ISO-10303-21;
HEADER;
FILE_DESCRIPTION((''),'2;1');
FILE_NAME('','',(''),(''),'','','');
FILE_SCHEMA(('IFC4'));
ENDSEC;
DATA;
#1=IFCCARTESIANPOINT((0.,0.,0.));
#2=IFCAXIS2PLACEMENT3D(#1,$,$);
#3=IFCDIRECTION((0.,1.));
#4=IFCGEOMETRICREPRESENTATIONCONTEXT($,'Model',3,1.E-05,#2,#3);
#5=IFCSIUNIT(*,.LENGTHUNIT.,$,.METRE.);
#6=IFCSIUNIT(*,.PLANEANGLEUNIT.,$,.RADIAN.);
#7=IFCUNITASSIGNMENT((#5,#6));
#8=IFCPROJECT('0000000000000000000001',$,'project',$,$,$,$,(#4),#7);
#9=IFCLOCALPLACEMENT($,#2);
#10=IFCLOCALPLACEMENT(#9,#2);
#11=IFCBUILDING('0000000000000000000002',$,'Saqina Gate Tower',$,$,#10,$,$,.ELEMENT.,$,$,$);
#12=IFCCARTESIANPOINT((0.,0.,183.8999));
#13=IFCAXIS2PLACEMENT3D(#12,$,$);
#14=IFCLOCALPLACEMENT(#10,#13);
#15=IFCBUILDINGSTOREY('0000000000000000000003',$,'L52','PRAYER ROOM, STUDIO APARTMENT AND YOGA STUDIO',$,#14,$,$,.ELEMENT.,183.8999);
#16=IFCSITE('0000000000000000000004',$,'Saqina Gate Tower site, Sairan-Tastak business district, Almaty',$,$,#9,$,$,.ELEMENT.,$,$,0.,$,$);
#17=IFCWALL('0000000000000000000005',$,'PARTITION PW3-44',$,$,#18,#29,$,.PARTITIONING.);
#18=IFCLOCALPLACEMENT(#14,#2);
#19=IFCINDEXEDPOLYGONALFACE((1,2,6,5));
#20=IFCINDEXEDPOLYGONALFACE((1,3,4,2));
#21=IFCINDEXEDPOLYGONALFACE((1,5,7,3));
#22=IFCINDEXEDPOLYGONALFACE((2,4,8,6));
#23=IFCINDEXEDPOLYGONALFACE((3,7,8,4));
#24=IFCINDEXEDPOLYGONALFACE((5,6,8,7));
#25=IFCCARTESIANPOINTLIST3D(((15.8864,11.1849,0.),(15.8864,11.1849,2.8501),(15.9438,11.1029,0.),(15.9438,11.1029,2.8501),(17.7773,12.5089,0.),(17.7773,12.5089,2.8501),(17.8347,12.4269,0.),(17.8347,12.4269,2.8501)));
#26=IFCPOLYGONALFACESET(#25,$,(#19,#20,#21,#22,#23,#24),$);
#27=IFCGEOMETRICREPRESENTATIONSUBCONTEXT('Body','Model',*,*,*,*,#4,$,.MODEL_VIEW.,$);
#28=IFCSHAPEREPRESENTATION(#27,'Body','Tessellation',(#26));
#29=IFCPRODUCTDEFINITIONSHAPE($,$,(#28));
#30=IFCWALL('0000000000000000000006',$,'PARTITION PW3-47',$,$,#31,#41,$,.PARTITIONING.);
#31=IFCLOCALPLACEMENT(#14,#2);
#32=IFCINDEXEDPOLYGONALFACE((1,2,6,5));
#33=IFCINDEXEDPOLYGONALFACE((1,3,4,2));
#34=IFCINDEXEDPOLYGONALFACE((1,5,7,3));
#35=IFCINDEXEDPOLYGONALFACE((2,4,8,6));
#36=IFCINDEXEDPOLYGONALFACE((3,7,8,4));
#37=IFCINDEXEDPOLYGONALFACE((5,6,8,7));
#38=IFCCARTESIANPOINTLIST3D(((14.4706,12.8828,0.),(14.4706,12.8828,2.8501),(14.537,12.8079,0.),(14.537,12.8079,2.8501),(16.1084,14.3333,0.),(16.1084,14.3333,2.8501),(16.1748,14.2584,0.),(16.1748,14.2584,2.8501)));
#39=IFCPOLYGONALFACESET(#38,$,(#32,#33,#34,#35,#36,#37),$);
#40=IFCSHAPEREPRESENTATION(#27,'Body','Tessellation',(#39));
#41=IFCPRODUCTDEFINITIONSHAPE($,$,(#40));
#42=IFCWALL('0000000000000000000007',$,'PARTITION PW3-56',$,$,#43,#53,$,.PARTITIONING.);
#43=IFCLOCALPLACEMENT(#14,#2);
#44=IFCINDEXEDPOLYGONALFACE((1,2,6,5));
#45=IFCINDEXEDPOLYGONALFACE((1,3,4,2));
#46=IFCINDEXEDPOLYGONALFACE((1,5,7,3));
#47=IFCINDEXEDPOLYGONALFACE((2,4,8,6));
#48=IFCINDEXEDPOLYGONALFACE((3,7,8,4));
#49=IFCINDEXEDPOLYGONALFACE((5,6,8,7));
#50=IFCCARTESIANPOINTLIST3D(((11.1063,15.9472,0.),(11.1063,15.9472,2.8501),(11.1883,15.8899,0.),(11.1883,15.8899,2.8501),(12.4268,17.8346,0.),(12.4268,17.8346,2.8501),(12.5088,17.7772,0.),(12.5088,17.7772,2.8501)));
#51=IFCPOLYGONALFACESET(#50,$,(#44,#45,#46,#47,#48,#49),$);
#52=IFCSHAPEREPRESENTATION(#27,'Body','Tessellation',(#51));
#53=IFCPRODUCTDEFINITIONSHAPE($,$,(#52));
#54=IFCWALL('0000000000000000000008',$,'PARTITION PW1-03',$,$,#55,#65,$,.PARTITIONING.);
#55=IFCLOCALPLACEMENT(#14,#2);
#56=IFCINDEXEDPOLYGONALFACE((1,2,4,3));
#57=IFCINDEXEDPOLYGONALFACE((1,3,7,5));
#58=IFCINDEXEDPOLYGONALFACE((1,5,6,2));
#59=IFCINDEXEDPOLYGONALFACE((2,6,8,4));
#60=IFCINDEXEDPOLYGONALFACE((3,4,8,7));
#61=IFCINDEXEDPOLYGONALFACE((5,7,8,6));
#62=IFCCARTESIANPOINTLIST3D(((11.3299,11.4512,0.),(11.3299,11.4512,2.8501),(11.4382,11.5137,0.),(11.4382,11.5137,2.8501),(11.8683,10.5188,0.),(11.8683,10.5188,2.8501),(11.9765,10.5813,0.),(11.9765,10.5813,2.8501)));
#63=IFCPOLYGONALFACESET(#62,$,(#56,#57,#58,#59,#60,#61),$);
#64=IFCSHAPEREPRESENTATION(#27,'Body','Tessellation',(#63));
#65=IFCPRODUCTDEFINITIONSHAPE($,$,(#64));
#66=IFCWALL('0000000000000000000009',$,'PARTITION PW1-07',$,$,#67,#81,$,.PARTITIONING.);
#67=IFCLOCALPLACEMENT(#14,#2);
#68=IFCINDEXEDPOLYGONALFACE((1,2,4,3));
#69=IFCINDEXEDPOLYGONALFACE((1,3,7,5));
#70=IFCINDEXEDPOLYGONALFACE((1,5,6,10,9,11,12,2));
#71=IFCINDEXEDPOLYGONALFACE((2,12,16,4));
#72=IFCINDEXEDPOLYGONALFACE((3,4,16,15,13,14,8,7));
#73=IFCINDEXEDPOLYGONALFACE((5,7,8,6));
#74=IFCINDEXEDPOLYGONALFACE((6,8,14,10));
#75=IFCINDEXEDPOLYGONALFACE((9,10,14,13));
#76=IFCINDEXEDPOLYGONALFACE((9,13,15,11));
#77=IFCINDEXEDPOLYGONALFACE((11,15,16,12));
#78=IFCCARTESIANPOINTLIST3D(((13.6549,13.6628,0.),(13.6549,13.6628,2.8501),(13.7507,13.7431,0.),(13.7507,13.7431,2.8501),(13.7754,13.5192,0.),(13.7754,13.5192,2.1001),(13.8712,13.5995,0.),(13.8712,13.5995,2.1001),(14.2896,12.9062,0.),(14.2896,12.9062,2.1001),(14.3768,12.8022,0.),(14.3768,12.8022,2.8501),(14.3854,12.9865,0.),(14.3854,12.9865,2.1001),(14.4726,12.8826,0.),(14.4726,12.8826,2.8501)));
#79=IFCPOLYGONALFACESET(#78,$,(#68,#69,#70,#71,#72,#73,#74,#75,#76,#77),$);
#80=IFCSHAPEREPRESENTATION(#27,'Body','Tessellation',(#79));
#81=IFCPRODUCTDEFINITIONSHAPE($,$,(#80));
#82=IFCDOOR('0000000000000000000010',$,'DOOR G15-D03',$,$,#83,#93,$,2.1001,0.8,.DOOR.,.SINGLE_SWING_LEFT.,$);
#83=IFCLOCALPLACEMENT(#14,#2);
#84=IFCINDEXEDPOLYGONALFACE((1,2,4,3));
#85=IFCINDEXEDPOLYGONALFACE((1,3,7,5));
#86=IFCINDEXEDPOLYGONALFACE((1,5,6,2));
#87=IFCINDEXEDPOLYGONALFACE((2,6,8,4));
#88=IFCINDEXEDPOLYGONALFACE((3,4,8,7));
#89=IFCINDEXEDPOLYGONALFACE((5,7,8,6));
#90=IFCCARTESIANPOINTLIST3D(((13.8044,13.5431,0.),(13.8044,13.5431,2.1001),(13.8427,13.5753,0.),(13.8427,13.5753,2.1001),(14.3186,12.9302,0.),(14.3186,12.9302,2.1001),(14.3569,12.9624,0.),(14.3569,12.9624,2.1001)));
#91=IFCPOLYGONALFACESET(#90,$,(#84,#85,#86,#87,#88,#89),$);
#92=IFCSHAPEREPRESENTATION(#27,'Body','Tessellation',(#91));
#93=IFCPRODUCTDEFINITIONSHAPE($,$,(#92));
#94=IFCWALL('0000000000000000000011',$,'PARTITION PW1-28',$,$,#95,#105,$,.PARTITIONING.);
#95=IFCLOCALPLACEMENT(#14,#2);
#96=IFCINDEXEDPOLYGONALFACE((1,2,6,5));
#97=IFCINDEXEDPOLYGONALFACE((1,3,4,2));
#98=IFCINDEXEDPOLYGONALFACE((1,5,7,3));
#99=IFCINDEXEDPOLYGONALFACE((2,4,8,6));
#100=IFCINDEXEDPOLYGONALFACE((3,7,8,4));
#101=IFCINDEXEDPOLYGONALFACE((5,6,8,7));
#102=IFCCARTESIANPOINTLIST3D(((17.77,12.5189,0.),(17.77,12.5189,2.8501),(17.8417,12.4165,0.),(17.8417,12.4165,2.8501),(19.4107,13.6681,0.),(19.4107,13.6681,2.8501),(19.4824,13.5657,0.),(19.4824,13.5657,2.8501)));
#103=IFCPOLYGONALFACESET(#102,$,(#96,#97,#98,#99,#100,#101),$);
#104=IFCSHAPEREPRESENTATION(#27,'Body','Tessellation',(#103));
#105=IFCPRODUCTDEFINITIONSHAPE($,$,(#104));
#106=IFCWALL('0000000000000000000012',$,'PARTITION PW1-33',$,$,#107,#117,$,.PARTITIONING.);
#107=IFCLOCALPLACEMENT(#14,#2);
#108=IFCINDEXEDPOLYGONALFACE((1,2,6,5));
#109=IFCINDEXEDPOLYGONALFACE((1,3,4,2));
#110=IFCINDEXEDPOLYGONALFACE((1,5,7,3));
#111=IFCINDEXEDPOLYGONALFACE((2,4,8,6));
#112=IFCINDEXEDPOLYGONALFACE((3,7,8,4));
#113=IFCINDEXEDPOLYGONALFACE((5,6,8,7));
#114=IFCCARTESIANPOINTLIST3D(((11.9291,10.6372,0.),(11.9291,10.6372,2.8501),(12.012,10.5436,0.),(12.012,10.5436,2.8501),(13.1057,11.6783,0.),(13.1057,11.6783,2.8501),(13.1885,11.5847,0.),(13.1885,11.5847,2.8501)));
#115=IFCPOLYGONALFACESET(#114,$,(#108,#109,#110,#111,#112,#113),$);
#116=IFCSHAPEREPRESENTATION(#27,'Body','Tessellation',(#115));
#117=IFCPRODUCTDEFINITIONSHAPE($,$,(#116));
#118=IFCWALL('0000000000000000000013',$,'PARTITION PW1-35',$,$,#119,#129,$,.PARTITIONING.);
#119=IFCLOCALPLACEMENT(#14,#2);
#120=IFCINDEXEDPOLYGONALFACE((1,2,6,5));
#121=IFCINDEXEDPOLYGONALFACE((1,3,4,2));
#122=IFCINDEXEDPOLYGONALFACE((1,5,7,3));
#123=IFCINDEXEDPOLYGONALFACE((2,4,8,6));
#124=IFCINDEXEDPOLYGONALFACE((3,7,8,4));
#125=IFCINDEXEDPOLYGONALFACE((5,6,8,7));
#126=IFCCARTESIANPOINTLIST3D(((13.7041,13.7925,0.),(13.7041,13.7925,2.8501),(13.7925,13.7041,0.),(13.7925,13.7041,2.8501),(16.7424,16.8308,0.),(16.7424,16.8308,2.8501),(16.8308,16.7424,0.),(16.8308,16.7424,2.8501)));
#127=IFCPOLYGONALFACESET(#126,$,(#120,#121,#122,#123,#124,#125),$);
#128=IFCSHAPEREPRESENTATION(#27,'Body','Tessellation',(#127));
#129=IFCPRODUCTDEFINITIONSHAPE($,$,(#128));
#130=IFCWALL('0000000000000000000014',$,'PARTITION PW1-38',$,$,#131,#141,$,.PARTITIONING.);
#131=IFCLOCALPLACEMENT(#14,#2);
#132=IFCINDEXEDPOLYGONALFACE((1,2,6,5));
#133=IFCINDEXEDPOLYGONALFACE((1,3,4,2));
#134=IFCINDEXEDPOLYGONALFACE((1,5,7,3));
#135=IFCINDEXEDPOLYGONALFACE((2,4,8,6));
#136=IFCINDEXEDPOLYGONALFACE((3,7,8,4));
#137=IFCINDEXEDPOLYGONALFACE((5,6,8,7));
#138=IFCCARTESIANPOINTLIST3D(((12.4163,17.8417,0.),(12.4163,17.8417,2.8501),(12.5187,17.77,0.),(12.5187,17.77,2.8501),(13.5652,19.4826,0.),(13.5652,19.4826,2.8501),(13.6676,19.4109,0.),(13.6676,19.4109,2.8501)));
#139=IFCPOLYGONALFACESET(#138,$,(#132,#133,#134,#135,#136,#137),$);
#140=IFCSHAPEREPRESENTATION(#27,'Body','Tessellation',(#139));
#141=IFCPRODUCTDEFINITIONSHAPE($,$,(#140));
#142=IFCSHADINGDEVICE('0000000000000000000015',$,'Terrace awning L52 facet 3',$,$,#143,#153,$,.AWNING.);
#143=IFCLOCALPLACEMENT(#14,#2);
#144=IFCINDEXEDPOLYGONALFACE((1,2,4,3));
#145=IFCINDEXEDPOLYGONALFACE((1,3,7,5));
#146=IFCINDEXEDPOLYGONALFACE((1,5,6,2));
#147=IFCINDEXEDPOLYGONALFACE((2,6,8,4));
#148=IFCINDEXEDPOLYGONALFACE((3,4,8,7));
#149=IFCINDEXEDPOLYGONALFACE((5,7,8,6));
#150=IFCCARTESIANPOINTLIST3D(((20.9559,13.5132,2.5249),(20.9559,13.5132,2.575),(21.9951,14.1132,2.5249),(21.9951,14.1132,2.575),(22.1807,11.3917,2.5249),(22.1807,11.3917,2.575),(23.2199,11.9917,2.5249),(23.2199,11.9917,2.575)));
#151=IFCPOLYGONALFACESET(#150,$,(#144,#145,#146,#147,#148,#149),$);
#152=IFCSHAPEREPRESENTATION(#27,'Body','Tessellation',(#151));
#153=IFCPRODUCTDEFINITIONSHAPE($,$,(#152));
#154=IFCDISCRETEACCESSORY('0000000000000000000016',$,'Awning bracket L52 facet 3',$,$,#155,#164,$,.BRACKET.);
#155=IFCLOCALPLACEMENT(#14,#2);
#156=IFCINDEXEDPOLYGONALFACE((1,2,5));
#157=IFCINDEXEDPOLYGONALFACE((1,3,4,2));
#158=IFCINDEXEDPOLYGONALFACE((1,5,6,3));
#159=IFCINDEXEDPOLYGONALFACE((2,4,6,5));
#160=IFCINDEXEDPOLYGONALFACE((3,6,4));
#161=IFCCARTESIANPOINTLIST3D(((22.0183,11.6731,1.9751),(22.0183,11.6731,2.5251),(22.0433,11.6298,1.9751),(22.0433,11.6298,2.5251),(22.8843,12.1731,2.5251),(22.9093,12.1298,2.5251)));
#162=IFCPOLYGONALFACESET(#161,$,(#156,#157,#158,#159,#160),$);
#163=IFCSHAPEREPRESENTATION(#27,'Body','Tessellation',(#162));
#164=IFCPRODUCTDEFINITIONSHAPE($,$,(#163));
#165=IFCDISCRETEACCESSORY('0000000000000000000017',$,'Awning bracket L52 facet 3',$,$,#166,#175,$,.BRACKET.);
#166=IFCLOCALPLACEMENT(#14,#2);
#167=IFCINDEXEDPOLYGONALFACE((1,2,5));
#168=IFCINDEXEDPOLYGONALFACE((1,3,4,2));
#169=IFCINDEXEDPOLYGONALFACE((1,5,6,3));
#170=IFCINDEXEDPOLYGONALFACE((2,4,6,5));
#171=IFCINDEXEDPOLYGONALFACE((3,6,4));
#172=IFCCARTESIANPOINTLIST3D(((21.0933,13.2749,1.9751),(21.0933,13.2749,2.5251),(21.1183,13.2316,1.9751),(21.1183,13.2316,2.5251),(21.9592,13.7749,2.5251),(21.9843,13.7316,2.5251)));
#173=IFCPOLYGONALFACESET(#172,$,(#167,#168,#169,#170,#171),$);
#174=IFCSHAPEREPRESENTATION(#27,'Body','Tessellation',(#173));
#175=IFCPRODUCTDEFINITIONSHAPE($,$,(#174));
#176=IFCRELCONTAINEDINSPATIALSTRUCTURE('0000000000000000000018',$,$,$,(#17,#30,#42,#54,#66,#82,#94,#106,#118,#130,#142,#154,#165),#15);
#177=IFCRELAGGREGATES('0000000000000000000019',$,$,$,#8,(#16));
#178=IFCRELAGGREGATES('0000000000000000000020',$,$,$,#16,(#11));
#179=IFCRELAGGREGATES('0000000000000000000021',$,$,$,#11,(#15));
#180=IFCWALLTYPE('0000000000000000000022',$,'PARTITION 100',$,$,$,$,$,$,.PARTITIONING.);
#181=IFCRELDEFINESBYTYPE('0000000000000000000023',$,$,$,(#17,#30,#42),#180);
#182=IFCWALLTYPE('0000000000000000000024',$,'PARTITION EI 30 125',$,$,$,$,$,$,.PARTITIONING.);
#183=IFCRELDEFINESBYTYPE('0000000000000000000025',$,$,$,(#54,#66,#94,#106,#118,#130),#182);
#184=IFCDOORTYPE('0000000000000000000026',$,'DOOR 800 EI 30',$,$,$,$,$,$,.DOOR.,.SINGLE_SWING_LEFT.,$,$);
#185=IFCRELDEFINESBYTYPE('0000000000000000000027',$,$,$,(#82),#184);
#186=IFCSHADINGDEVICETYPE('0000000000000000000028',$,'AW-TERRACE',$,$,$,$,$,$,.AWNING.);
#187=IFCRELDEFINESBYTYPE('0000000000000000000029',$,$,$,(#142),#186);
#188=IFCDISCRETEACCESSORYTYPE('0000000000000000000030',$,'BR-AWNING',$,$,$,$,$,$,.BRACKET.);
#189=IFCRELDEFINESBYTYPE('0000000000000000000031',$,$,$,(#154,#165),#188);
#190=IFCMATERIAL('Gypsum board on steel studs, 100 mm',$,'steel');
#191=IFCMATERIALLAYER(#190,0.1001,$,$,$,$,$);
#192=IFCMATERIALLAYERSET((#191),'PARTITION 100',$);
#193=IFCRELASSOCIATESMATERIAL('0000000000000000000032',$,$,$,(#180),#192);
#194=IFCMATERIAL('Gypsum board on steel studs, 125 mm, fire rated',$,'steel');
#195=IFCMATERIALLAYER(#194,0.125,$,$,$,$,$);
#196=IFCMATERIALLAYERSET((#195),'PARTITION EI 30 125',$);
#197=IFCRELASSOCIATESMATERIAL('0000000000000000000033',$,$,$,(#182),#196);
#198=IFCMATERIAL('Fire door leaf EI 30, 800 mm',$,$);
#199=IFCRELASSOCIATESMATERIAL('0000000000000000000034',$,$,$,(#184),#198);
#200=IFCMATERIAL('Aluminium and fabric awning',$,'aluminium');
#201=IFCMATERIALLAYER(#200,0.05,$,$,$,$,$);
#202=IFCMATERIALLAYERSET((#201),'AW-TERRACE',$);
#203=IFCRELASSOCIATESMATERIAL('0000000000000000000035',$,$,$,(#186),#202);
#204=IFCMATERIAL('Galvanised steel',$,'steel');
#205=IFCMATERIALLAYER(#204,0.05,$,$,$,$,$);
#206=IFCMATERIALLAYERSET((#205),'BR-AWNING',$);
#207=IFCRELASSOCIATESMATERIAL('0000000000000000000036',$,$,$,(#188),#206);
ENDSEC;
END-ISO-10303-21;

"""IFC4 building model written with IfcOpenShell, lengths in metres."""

from ifc_helpers import new_model, si_unit, direction, frame, frame_2d, origin, origin_2d, place, context, subcontext, project, spatial, polyline, rectangle, outline, extrude, material, layer, layer_set, type_object, element, fill, save


model = new_model("IFC4")

# Units and contexts
model_context = context("Model", 3, precision=1e-05, world=origin(), true_north=direction((0.0, 1.0)))
body_context = subcontext(model_context, "Body", "Model", "MODEL_VIEW")
ifc_project = project(units=[si_unit("LENGTHUNIT", "METRE"), si_unit("PLANEANGLEUNIT", "RADIAN")], contexts=[model_context])

# Site, building, storey
site_placement = place(None, origin())
site = spatial("IfcSite", under=ifc_project, at=site_placement, Name="Saqina Gate Tower site, Sairan-Tastak business district, Almaty", CompositionType="ELEMENT", RefElevation=0.0)
building_placement = place(site_placement, origin())
building = spatial("IfcBuilding", under=site, at=building_placement, Name="Saqina Gate Tower", CompositionType="ELEMENT")
storey_placement = place(building_placement, frame((0.0, 0.0, 183.8999)))
storey = spatial("IfcBuildingStorey", under=building, at=storey_placement, Name="L52", Description="PRAYER ROOM, STUDIO APARTMENT AND YOGA STUDIO", CompositionType="ELEMENT", Elevation=183.8999)

# Shared definitions
ifc_material_1 = material(Name="Gypsum board on steel studs, 100 mm", Category="steel")
ifc_layer_1 = layer(ifc_material_1, 0.1001)
ifc_layer_set_1 = layer_set([ifc_layer_1], Name="PARTITION 100")
wall_type_1 = type_object("IfcWallType", Name="PARTITION 100", PredefinedType="PARTITIONING", material=ifc_layer_set_1)

# Walls
wall_1_placement = place(storey_placement, frame((15.915, 11.1438, 0.0), z_axis=(0.0, 0.0, 1.0), x_axis=(0.819157, 0.573569, 0.0)))
element("IfcWall", 1, at=wall_1_placement, inside=storey, type_object=wall_type_1, Name="PARTITION PW3-44", PredefinedType="PARTITIONING", context=body_context, shape_type="SweptSolid", body=[
    extrude(rectangle(XDim=2.3083, YDim=0.1001, at=frame_2d((1.1543, 0.0))), origin(), (0.0, 0.0, 1.0), 2.8501),
])
wall_2_placement = place(storey_placement, frame((14.5039, 12.8455, 0.0), z_axis=(0.0, 0.0, 1.0), x_axis=(0.748609, 0.663012, 0.0)))
element("IfcWall", 2, at=wall_2_placement, inside=storey, type_object=wall_type_1, Name="PARTITION PW3-47", PredefinedType="PARTITIONING", context=body_context, shape_type="SweptSolid", body=[
    extrude(rectangle(XDim=2.1877, YDim=0.1001, at=frame_2d((1.0938, 0.0))), origin(), (0.0, 0.0, 1.0), 2.8501),
])
wall_3_placement = place(storey_placement, frame((11.1472, 15.9185, 0.0), z_axis=(0.0, 0.0, 1.0), x_axis=(0.57327, 0.819366, 0.0)))
element("IfcWall", 3, at=wall_3_placement, inside=storey, type_object=wall_type_1, Name="PARTITION PW3-56", PredefinedType="PARTITIONING", context=body_context, shape_type="SweptSolid", body=[
    extrude(rectangle(XDim=2.3035, YDim=0.1001, at=frame_2d((1.1519, 0.0))), origin(), (0.0, 0.0, 1.0), 2.8501),
])
ifc_material_2 = material(Name="Gypsum board on steel studs, 125 mm, fire rated", Category="steel")
ifc_layer_2 = layer(ifc_material_2, 0.125)
ifc_layer_set_2 = layer_set([ifc_layer_2], Name="PARTITION EI 30 125")
wall_type_2 = type_object("IfcWallType", Name="PARTITION EI 30 125", PredefinedType="PARTITIONING", material=ifc_layer_set_2)
wall_4_placement = place(storey_placement, frame((11.384, 11.4824, 0.0), z_axis=(0.0, 0.0, 1.0), x_axis=(0.500017, -0.866016, 0.0)))
element("IfcWall", 4, at=wall_4_placement, inside=storey, type_object=wall_type_2, Name="PARTITION PW1-03", PredefinedType="PARTITIONING", context=body_context, shape_type="SweptSolid", body=[
    extrude(rectangle(XDim=1.0767, YDim=0.125, at=frame_2d((0.5383, 0.0))), origin(), (0.0, 0.0, 1.0), 2.8501),
])

# Wall, opening, door
wall_5_placement = place(storey_placement, frame((13.7029, 13.7029, 0.0), z_axis=(0.0, 0.0, 1.0), x_axis=(0.642682, -0.766133, 0.0)))
wall_5 = element("IfcWall", 5, at=wall_5_placement, inside=storey, type_object=wall_type_2, Name="PARTITION PW1-07", PredefinedType="PARTITIONING", context=body_context, shape_type="SweptSolid", body=[
    extrude(rectangle(XDim=1.1233, YDim=0.125, at=frame_2d((0.5615, 0.0))), origin(), (0.0, 0.0, 1.0), 2.8501),
])
opening_1_placement = place(wall_5_placement, frame((0.1875, 0.0, 0.0)))
opening_1 = element("IfcOpeningElement", 6, at=opening_1_placement, cuts=wall_5, PredefinedType="OPENING", context=body_context, shape_type="SweptSolid", body=[
    extrude(rectangle(XDim=0.8, YDim=2.1001, at=frame_2d((0.3999, 1.05))), frame((0.0, 0.0745, 0.0), z_axis=(0.0, -1.0, 0.0), x_axis=(1.0, 0.0, 0.0)), (0.0, 0.0, 1.0), 0.1489),
])
ifc_material_3 = material(Name="Fire door leaf EI 30, 800 mm")
door_type_1 = type_object("IfcDoorType", Name="DOOR 800 EI 30", OperationType="SINGLE_SWING_LEFT", PredefinedType="DOOR", material=ifc_material_3)
door_1_placement = place(opening_1_placement, frame((0.8, 0.0, 0.0), z_axis=(0.0, 0.0, 1.0), x_axis=(-1.0, 0.0, 0.0)))
door_1 = element("IfcDoor", 7, at=door_1_placement, inside=storey, type_object=door_type_1, Name="DOOR G15-D03", OperationType="SINGLE_SWING_LEFT", OverallHeight=2.1001, OverallWidth=0.8, PredefinedType="DOOR", context=body_context, shape_type="SweptSolid", body=[
    extrude(rectangle(XDim=0.8, YDim=2.1001, at=frame_2d((0.3999, 1.05))), frame((0.0, 0.0249, 0.0), z_axis=(0.0, -1.0, 0.0), x_axis=(1.0, 0.0, 0.0)), (0.0, 0.0, 1.0), 0.05),
])
fill(opening_1, door_1)

# Walls
wall_6_placement = place(storey_placement, frame((17.8059, 12.4678, 0.0), z_axis=(0.0, 0.0, 1.0), x_axis=(0.81906, 0.573708, 0.0)))
element("IfcWall", 8, at=wall_6_placement, inside=storey, type_object=wall_type_2, Name="PARTITION PW1-28", PredefinedType="PARTITIONING", context=body_context, shape_type="SweptSolid", body=[
    extrude(rectangle(XDim=2.0032, YDim=0.125, at=frame_2d((1.0015, 0.0))), origin(), (0.0, 0.0, 1.0), 2.8501),
])
wall_7_placement = place(storey_placement, frame((11.9705, 10.5903, 0.0), z_axis=(0.0, 0.0, 1.0), x_axis=(0.748916, 0.662664, 0.0)))
element("IfcWall", 9, at=wall_7_placement, inside=storey, type_object=wall_type_2, Name="PARTITION PW1-33", PredefinedType="PARTITIONING", context=body_context, shape_type="SweptSolid", body=[
    extrude(rectangle(XDim=1.571, YDim=0.125, at=frame_2d((0.7856, 0.0))), origin(), (0.0, 0.0, 1.0), 2.8501),
])
wall_8_placement = place(storey_placement, frame((13.7483, 13.7483, 0.0), z_axis=(0.0, 0.0, 1.0), x_axis=(0.707107, 0.707107, 0.0)))
element("IfcWall", 10, at=wall_8_placement, inside=storey, type_object=wall_type_2, Name="PARTITION PW1-35", PredefinedType="PARTITIONING", context=body_context, shape_type="SweptSolid", body=[
    extrude(rectangle(XDim=4.2969, YDim=0.125, at=frame_2d((2.1484, 0.0))), origin(), (0.0, 0.0, 1.0), 2.8501),
])
wall_9_placement = place(storey_placement, frame((12.4675, 17.8059, 0.0), z_axis=(0.0, 0.0, 1.0), x_axis=(0.573569, 0.819157, 0.0)))
element("IfcWall", 11, at=wall_9_placement, inside=storey, type_object=wall_type_2, Name="PARTITION PW1-38", PredefinedType="PARTITIONING", context=body_context, shape_type="SweptSolid", body=[
    extrude(rectangle(XDim=2.0032, YDim=0.125, at=frame_2d((1.0015, 0.0))), origin(), (0.0, 0.0, 1.0), 2.8501),
])

# Shading device
ifc_material_4 = material(Name="Aluminium and fabric awning", Category="aluminium")
ifc_layer_3 = layer(ifc_material_4, 0.05)
ifc_layer_set_3 = layer_set([ifc_layer_3], Name="AW-TERRACE")
shading_device_type = type_object("IfcShadingDeviceType", Name="AW-TERRACE", PredefinedType="AWNING", material=ifc_layer_set_3)
shading_device_placement = place(storey_placement, frame((22.0879, 12.7524, 2.5249), z_axis=(0.0, 0.0, 1.0), x_axis=(-0.5, 0.866025, 0.0)))
element("IfcShadingDevice", 12, at=shading_device_placement, inside=storey, type_object=shading_device_type, Name="Terrace awning L52 facet 3", PredefinedType="AWNING", context=body_context, shape_type="SweptSolid", body=[
    extrude(rectangle(XDim=2.4497, YDim=1.2, at=origin_2d()), origin(), (0.0, 0.0, 1.0), 0.05),
])

# Discrete accessories
ifc_material_5 = material(Name="Galvanised steel", Category="steel")
ifc_layer_4 = layer(ifc_material_5, 0.05)
ifc_layer_set_4 = layer_set([ifc_layer_4], Name="BR-AWNING")
discrete_accessory_type_1 = type_object("IfcDiscreteAccessoryType", Name="BR-AWNING", PredefinedType="BRACKET", material=ifc_layer_set_4)
for number, where, z_axis, x_axis, name in (
    (13, (22.0183, 11.6731, 1.9751), (-0.500025, 0.866011, 0.0), (0.0, 0.0, 1.0), "Awning bracket L52 facet 3"),
    (14, (21.0933, 13.2749, 1.9751), (-0.500025, 0.866011, 0.0), (0.0, 0.0, 1.0), "Awning bracket L52 facet 3"),
):
    element("IfcDiscreteAccessory", number, at=place(storey_placement, frame(where, z_axis=z_axis, x_axis=x_axis)), inside=storey, type_object=discrete_accessory_type_1, Name=name, PredefinedType="BRACKET", context=body_context, shape_type="SweptSolid", body=[
        extrude(outline(polyline([(0.0, 0.0), (0.55, 0.0), (0.55, 0.9999), (0.0, 0.0)])), origin(), (0.0, 0.0, -1.0), 0.05),
    ])

save(model, "model.ifc")
